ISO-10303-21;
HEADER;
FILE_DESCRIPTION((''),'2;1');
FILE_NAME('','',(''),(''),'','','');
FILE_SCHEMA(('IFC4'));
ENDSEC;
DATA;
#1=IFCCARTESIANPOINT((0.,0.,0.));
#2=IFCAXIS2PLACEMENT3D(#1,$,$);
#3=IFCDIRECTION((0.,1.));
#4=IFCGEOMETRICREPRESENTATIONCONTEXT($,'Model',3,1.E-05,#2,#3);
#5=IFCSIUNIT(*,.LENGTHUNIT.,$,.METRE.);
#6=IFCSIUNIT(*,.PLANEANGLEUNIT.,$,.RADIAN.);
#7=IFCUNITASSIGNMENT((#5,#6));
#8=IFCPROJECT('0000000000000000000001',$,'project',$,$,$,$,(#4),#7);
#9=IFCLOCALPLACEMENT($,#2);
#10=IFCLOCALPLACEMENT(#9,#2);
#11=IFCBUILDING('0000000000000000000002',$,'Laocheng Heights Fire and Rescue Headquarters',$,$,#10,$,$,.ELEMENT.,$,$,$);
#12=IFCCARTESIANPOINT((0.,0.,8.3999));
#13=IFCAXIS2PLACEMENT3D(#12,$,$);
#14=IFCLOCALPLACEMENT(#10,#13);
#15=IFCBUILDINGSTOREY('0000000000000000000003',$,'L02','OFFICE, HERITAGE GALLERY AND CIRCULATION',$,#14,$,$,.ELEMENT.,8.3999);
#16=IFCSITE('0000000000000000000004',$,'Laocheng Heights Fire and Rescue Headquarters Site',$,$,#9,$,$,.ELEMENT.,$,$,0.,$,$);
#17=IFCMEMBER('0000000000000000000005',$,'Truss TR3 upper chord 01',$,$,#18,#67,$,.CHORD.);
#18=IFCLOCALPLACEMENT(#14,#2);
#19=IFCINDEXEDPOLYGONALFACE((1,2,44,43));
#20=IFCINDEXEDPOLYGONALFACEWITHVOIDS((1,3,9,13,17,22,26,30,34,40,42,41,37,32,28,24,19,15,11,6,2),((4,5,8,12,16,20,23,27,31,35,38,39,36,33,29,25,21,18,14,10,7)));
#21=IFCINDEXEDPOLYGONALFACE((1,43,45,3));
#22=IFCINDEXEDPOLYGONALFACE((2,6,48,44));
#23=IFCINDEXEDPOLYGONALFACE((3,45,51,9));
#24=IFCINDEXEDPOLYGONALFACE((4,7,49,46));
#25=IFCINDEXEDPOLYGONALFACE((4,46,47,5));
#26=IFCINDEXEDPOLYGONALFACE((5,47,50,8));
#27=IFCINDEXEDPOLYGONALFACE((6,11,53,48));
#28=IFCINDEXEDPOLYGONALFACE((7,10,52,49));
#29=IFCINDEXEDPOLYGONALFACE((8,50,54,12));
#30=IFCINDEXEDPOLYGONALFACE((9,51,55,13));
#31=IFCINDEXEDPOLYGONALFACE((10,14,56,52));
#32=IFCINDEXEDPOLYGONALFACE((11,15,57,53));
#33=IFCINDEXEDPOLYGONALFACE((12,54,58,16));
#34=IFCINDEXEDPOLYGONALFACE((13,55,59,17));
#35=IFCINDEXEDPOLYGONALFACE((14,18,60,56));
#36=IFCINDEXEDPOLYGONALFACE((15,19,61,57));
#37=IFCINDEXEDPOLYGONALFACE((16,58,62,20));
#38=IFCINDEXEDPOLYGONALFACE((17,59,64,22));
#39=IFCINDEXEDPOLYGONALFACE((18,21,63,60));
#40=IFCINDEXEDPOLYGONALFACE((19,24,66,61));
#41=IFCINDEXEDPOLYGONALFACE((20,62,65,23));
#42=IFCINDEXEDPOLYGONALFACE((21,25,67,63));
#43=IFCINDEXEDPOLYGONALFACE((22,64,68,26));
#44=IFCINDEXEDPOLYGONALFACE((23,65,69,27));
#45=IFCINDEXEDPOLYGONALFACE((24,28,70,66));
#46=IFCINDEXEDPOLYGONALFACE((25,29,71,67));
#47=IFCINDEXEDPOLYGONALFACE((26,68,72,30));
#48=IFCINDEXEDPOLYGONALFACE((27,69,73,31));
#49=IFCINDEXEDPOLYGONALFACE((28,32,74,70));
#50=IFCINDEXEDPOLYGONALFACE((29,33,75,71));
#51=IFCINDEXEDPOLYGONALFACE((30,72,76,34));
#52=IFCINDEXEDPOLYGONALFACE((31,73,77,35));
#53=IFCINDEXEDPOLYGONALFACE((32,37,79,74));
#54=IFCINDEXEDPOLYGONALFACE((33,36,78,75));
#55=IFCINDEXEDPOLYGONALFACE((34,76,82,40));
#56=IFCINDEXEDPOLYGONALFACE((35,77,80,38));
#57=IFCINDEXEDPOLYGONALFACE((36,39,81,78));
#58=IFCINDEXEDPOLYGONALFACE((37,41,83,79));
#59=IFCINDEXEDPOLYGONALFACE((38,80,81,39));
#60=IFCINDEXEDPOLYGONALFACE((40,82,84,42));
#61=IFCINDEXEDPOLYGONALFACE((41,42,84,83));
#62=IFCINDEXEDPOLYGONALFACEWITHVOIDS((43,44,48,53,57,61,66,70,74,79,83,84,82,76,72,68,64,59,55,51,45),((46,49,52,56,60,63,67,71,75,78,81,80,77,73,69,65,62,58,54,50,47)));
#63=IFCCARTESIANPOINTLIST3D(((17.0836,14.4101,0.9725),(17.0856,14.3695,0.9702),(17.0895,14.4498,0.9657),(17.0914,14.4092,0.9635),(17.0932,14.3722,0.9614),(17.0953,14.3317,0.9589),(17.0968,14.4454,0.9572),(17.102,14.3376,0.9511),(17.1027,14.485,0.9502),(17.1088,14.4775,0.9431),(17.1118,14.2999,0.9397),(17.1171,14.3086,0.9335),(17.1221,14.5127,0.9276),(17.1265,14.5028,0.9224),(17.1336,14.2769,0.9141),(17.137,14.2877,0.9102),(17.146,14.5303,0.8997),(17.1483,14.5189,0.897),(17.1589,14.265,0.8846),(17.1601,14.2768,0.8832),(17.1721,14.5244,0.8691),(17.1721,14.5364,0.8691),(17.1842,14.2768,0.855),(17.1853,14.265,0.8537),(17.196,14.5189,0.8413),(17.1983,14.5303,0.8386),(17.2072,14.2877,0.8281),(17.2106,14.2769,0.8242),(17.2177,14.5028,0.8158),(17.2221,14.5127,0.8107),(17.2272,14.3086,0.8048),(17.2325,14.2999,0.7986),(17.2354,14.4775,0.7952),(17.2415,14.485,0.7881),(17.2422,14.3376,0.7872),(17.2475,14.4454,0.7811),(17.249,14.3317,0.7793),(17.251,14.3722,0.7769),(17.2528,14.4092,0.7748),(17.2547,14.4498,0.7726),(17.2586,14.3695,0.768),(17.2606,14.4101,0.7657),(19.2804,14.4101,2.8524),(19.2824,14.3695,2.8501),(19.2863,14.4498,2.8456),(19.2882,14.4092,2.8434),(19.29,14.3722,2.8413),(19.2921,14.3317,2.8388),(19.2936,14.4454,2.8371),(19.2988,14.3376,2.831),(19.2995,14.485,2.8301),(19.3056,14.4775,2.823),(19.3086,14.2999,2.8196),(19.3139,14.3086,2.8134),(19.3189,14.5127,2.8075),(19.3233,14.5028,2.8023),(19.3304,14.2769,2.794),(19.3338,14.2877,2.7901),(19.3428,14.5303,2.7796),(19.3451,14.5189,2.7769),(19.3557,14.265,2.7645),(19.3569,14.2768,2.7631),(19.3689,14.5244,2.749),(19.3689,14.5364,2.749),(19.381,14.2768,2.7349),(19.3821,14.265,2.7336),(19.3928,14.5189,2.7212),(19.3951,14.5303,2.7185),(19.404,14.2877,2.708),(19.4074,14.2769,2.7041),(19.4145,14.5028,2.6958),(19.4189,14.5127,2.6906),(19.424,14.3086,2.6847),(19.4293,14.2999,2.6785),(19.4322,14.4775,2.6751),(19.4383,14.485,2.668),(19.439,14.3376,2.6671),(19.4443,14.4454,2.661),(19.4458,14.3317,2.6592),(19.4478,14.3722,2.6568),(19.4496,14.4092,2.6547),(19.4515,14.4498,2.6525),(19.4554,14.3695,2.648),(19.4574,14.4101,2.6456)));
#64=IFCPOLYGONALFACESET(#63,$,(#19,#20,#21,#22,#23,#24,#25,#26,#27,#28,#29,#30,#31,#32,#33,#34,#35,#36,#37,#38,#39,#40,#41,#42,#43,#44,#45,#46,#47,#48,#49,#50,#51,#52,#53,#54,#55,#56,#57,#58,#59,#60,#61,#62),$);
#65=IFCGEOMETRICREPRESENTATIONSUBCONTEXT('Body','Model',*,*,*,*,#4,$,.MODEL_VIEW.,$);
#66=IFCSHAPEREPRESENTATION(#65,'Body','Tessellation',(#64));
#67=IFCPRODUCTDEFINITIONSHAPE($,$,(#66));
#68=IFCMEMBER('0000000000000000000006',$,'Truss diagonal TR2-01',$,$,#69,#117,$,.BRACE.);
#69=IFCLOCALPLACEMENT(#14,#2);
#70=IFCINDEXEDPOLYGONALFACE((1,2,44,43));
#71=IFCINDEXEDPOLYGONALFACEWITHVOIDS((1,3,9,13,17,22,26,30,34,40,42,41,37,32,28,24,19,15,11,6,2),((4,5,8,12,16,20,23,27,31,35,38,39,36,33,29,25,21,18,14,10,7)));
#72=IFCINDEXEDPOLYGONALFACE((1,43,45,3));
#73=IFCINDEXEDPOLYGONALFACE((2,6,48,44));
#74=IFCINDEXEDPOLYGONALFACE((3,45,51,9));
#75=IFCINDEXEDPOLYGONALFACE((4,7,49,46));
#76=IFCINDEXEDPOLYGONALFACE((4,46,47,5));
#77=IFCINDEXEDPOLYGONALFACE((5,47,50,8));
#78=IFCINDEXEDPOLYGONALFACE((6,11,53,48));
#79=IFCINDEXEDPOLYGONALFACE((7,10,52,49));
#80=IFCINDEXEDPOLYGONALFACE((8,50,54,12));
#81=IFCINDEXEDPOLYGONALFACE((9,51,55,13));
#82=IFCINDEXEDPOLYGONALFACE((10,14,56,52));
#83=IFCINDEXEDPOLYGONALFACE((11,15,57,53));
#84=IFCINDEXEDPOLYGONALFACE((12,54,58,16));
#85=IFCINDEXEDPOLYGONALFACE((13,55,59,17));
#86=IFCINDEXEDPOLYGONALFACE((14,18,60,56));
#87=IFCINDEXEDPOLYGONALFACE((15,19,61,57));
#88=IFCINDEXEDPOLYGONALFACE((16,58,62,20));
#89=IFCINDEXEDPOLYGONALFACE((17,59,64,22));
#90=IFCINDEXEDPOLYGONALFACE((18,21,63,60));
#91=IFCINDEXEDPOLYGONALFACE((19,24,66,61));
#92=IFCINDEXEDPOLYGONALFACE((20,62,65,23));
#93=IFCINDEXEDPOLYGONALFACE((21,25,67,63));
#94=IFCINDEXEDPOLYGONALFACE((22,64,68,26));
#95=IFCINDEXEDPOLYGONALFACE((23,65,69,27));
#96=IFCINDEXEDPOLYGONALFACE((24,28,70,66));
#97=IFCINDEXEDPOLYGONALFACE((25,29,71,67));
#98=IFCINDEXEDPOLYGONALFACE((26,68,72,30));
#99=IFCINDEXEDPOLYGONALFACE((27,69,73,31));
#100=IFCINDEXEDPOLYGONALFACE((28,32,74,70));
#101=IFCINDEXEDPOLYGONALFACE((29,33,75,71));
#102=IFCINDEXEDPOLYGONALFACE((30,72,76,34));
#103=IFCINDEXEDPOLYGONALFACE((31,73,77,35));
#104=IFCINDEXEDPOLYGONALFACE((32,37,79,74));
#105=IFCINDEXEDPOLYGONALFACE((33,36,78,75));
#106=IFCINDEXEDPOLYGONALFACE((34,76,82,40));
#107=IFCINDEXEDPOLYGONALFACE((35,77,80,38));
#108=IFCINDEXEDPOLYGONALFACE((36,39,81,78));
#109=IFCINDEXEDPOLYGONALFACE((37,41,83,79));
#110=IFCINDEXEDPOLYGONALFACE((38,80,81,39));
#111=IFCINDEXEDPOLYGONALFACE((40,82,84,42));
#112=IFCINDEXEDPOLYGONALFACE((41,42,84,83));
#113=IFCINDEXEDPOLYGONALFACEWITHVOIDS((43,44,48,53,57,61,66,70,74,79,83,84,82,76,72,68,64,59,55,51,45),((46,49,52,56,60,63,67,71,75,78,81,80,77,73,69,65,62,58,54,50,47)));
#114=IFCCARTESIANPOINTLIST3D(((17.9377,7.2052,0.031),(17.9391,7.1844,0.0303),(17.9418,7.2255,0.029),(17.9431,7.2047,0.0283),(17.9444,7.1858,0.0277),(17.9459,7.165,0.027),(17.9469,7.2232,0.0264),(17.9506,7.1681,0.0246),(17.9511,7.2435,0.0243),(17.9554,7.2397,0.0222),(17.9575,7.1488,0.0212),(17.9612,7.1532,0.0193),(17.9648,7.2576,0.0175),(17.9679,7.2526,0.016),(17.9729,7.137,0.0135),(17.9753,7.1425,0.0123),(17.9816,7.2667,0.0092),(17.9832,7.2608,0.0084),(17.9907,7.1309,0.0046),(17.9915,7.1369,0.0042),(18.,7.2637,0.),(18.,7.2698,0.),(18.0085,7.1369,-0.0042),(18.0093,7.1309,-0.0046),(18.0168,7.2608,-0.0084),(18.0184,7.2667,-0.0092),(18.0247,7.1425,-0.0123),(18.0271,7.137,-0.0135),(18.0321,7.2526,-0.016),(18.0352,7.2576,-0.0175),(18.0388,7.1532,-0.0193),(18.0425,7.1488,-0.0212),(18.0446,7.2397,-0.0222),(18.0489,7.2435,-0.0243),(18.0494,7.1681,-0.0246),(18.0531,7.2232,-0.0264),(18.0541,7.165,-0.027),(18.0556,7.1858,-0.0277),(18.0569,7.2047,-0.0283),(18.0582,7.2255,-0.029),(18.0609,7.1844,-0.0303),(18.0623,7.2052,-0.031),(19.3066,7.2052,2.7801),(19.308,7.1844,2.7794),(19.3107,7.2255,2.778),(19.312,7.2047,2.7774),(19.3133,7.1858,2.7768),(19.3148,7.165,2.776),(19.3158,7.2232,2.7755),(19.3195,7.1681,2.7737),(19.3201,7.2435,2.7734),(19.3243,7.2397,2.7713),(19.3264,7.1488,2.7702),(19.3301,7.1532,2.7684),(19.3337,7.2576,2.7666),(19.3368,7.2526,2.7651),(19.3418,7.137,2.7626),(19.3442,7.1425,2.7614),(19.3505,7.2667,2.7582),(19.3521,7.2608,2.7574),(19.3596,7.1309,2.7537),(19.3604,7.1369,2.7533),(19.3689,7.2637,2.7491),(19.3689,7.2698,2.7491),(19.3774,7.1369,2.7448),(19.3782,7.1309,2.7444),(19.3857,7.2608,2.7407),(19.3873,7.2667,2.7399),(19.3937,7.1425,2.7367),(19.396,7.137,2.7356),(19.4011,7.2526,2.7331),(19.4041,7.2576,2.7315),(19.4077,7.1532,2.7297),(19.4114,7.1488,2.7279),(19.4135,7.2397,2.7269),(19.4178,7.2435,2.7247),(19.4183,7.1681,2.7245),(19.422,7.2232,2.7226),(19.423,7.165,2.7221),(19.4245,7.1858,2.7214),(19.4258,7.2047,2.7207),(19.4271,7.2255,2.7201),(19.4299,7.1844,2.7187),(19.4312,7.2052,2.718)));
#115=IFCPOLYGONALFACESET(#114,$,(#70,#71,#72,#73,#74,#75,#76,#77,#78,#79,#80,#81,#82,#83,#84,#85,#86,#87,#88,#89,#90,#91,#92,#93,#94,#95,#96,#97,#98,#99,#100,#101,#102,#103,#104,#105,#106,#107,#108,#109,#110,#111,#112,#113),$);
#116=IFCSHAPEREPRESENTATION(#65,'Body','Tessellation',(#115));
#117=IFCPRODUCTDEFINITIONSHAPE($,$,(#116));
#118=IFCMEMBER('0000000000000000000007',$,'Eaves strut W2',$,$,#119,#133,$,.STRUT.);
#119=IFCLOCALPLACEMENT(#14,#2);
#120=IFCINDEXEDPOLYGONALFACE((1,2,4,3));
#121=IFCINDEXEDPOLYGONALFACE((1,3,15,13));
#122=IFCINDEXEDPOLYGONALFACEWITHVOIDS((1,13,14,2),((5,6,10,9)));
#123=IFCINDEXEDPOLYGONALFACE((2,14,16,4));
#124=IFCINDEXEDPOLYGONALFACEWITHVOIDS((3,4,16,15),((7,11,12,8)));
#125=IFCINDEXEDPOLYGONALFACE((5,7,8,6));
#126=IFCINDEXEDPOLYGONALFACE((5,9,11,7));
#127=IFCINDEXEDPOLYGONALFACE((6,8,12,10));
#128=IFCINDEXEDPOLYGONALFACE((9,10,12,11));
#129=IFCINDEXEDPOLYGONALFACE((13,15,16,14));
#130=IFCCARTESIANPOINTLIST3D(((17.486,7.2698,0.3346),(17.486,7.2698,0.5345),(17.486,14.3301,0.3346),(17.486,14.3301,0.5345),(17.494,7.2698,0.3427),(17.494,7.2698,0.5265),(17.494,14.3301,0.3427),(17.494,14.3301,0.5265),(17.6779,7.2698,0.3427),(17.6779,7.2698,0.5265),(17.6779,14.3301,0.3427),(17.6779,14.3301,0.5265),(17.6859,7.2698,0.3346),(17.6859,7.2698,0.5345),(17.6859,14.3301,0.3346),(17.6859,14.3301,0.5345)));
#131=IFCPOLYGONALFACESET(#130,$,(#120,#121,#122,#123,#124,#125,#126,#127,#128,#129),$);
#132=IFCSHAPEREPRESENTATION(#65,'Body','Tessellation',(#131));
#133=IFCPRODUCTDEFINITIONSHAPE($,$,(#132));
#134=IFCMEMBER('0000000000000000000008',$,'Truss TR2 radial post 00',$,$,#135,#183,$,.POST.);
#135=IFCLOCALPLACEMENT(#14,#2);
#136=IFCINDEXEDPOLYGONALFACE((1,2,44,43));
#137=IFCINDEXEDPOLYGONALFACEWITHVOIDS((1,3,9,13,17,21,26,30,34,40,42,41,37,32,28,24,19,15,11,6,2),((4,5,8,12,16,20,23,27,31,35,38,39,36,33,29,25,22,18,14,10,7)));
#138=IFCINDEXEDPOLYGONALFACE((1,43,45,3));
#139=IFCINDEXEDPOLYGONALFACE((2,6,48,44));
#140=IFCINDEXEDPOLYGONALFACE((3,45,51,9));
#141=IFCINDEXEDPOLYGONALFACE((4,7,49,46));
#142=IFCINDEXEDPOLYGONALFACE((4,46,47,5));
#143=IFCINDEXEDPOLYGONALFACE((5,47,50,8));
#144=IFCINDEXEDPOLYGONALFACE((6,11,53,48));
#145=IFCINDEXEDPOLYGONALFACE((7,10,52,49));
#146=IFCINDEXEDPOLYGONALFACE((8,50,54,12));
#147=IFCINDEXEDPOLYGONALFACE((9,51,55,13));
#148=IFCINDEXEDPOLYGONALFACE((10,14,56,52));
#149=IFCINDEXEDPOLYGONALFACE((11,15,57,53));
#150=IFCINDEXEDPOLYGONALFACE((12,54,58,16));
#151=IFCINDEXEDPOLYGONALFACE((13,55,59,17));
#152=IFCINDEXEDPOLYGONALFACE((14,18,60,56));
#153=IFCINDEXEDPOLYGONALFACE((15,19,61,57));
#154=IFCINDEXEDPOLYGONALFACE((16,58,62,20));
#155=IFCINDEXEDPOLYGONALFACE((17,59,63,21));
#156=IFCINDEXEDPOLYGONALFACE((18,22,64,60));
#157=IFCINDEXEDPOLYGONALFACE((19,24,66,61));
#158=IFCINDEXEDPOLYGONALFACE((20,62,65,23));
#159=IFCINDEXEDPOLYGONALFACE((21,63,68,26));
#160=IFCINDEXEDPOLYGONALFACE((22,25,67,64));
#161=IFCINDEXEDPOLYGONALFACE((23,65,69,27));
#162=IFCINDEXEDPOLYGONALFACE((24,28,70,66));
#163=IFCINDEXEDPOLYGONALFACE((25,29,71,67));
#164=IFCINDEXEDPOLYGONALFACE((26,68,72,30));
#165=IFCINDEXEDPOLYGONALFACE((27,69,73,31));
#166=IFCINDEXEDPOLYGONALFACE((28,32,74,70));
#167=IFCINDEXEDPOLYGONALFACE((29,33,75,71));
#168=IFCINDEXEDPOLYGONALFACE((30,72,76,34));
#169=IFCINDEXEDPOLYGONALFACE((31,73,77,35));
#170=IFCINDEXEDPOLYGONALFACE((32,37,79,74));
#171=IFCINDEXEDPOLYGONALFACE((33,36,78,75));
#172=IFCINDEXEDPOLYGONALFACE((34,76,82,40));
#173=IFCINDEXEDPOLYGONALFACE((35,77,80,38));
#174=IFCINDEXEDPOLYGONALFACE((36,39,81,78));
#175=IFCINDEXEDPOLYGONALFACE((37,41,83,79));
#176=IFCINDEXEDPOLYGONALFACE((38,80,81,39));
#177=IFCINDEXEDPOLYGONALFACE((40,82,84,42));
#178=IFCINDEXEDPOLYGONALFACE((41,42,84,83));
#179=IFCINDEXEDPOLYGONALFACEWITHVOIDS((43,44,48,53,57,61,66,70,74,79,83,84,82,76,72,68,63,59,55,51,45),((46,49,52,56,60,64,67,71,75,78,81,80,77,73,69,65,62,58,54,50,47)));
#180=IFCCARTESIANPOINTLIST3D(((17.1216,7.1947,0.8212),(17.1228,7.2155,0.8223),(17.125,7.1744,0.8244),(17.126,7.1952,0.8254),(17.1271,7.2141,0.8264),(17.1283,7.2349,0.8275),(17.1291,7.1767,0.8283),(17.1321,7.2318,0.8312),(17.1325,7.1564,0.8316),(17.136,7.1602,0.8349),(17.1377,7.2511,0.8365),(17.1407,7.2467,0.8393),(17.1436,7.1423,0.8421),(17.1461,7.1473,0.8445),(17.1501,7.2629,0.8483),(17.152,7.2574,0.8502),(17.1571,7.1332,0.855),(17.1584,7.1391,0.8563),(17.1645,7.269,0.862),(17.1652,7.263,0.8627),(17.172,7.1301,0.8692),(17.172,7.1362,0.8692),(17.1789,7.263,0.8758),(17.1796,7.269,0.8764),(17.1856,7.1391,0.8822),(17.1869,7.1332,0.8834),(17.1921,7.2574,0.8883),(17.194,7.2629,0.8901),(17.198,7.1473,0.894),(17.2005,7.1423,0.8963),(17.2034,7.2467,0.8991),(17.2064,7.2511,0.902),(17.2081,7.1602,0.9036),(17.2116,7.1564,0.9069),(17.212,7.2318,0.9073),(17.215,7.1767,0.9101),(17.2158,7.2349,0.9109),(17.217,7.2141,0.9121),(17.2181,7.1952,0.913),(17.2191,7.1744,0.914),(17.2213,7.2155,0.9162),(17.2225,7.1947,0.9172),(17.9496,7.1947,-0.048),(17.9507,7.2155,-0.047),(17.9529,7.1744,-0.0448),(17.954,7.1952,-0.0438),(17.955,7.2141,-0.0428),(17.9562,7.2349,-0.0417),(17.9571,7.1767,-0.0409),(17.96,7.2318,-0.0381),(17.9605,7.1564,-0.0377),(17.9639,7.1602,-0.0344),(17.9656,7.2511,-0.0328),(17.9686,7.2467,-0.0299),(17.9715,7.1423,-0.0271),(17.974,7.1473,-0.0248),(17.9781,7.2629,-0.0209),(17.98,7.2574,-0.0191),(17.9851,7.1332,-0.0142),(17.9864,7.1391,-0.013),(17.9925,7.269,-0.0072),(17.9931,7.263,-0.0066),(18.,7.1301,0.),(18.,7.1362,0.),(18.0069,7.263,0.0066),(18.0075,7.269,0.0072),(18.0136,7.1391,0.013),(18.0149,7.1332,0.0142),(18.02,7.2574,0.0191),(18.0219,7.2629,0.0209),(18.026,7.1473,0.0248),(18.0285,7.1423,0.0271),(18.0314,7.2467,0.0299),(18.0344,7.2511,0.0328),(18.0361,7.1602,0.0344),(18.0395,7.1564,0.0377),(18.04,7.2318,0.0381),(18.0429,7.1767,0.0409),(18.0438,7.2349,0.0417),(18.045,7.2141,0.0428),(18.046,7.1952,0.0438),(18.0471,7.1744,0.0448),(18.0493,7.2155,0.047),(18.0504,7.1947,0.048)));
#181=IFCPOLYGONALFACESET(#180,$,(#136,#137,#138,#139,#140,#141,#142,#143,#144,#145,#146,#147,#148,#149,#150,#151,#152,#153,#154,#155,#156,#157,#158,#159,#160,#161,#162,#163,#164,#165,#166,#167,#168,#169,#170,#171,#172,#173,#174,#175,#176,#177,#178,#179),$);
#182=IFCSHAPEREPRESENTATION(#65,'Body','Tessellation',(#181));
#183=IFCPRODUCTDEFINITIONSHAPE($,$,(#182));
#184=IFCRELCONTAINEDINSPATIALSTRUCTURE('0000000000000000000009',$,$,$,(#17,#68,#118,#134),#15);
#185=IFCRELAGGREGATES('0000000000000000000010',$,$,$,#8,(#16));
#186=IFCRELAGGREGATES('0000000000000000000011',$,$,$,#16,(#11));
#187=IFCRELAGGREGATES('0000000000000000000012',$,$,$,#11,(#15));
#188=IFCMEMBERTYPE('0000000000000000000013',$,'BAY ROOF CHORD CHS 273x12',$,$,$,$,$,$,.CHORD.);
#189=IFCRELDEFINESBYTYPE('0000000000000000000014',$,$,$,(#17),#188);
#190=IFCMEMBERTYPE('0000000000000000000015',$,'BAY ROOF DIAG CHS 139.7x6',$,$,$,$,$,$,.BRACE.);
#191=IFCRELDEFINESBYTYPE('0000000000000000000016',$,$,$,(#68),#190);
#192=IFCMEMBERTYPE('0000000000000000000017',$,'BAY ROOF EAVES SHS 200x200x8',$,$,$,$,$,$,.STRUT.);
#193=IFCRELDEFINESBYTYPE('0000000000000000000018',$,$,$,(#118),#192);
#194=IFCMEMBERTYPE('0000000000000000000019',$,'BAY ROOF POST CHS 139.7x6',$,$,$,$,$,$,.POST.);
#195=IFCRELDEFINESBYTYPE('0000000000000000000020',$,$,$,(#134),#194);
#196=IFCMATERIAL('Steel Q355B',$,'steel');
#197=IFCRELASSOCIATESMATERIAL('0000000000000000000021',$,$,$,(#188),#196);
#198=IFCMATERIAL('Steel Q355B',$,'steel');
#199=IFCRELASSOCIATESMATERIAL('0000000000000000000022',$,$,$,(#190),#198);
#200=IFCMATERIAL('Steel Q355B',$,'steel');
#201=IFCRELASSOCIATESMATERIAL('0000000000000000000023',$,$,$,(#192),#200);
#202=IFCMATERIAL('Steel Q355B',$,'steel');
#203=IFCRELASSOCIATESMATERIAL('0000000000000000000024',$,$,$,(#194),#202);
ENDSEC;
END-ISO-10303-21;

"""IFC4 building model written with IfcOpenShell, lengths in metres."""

from ifc_helpers import new_model, si_unit, direction, frame, origin, origin_2d, place, context, subcontext, project, spatial, hollow_rectangle, hollow_circle, extrude, material, material_profile, profile_set, type_object, element, save


model = new_model("IFC4")

# Units and contexts
model_context = context("Model", 3, precision=1e-05, world=origin(), true_north=direction((0.0, 1.0)))
body_context = subcontext(model_context, "Body", "Model", "MODEL_VIEW")
ifc_project = project(units=[si_unit("LENGTHUNIT", "METRE"), si_unit("PLANEANGLEUNIT", "RADIAN")], contexts=[model_context])

# Site, building, storey
site_placement = place(None, origin())
site = spatial("IfcSite", under=ifc_project, at=site_placement, Name="Laocheng Heights Fire and Rescue Headquarters Site", CompositionType="ELEMENT", RefElevation=0.0)
building_placement = place(site_placement, origin())
building = spatial("IfcBuilding", under=site, at=building_placement, Name="Laocheng Heights Fire and Rescue Headquarters", CompositionType="ELEMENT")
storey_placement = place(building_placement, frame((0.0, 0.0, 8.3999)))
storey = spatial("IfcBuildingStorey", under=building, at=storey_placement, Name="L02", Description="OFFICE, HERITAGE GALLERY AND CIRCULATION", CompositionType="ELEMENT", Elevation=8.3999)

# Members
ifc_material_1 = material(Name="Steel Q355B", Category="steel")
ifc_material_profile_1 = material_profile(ifc_material_1, hollow_circle(Radius=0.1365, WallThickness=0.012, at=origin_2d()), Name="CHS 273x12")
ifc_profile_set_1 = profile_set([ifc_material_profile_1], Name="Steel Q355B")
member_type_1 = type_object("IfcMemberType", Name="BAY ROOF CHORD CHS 273x12", PredefinedType="CHORD", material=ifc_profile_set_1)
member_1_placement = place(storey_placement, frame((17.1721, 14.3999, 0.8691), z_axis=(0.759781, 0.0, 0.650179), x_axis=(0.0, 1.0, 0.0)))
element("IfcMember", 1, at=member_1_placement, inside=storey, type_object=member_type_1, Name="Truss TR3 upper chord 01", PredefinedType="CHORD", context=body_context, shape_type="SweptSolid", body=[
    extrude(hollow_circle(Radius=0.1365, WallThickness=0.012, at=origin_2d()), origin(), (0.0, 0.0, 1.0), 2.8914),
])
ifc_material_2 = material(Name="Steel Q355B", Category="steel")
ifc_material_profile_2 = material_profile(ifc_material_2, hollow_circle(Radius=0.0698, WallThickness=0.0061, at=origin_2d()), Name="CHS 139.7x6")
ifc_profile_set_2 = profile_set([ifc_material_profile_2], Name="Steel Q355B")
member_type_2 = type_object("IfcMemberType", Name="BAY ROOF DIAG CHS 139.7x6", PredefinedType="BRACE", material=ifc_profile_set_2)
member_2_placement = place(storey_placement, frame((18.0, 7.2, 0.0), z_axis=(0.44575, 0.0, 0.895157), x_axis=(0.0, 1.0, 0.0)))
element("IfcMember", 2, at=member_2_placement, inside=storey, type_object=member_type_2, Name="Truss diagonal TR2-01", PredefinedType="BRACE", context=body_context, shape_type="SweptSolid", body=[
    extrude(hollow_circle(Radius=0.0698, WallThickness=0.0061, at=origin_2d()), origin(), (0.0, 0.0, 1.0), 3.071),
])
ifc_material_3 = material(Name="Steel Q355B", Category="steel")
ifc_material_profile_3 = material_profile(ifc_material_3, hollow_rectangle(XDim=0.2, YDim=0.2, WallThickness=0.0081, at=origin_2d()), Name="SHS 200x200x8")
ifc_profile_set_3 = profile_set([ifc_material_profile_3], Name="Steel Q355B")
member_type_3 = type_object("IfcMemberType", Name="BAY ROOF EAVES SHS 200x200x8", PredefinedType="STRUT", material=ifc_profile_set_3)
member_3_placement = place(storey_placement, frame((17.5859, 7.2698, 0.4346), z_axis=(0.0, 1.0, 0.0), x_axis=(-1.0, 0.0, 0.0)))
element("IfcMember", 3, at=member_3_placement, inside=storey, type_object=member_type_3, Name="Eaves strut W2", PredefinedType="STRUT", context=body_context, shape_type="SweptSolid", body=[
    extrude(hollow_rectangle(XDim=0.2, YDim=0.2, WallThickness=0.0081, at=origin_2d()), origin(), (0.0, 0.0, 1.0), 7.0603),
])
ifc_material_4 = material(Name="Steel Q355B", Category="steel")
ifc_material_profile_4 = material_profile(ifc_material_4, hollow_circle(Radius=0.0698, WallThickness=0.0061, at=origin_2d()), Name="CHS 139.7x6")
ifc_profile_set_4 = profile_set([ifc_material_profile_4], Name="Steel Q355B")
member_type_4 = type_object("IfcMemberType", Name="BAY ROOF POST CHS 139.7x6", PredefinedType="POST", material=ifc_profile_set_4)
member_4_placement = place(storey_placement, frame((18.0, 7.2, 0.0), z_axis=(-0.689711, 0.0, 0.724085), x_axis=(0.0, -1.0, 0.0)))
element("IfcMember", 4, at=member_4_placement, inside=storey, type_object=member_type_4, Name="Truss TR2 radial post 00", PredefinedType="POST", context=body_context, shape_type="SweptSolid", body=[
    extrude(hollow_circle(Radius=0.0698, WallThickness=0.0061, at=origin_2d()), origin(), (0.0, 0.0, 1.0), 1.2004),
])

save(model, "model.ifc")
